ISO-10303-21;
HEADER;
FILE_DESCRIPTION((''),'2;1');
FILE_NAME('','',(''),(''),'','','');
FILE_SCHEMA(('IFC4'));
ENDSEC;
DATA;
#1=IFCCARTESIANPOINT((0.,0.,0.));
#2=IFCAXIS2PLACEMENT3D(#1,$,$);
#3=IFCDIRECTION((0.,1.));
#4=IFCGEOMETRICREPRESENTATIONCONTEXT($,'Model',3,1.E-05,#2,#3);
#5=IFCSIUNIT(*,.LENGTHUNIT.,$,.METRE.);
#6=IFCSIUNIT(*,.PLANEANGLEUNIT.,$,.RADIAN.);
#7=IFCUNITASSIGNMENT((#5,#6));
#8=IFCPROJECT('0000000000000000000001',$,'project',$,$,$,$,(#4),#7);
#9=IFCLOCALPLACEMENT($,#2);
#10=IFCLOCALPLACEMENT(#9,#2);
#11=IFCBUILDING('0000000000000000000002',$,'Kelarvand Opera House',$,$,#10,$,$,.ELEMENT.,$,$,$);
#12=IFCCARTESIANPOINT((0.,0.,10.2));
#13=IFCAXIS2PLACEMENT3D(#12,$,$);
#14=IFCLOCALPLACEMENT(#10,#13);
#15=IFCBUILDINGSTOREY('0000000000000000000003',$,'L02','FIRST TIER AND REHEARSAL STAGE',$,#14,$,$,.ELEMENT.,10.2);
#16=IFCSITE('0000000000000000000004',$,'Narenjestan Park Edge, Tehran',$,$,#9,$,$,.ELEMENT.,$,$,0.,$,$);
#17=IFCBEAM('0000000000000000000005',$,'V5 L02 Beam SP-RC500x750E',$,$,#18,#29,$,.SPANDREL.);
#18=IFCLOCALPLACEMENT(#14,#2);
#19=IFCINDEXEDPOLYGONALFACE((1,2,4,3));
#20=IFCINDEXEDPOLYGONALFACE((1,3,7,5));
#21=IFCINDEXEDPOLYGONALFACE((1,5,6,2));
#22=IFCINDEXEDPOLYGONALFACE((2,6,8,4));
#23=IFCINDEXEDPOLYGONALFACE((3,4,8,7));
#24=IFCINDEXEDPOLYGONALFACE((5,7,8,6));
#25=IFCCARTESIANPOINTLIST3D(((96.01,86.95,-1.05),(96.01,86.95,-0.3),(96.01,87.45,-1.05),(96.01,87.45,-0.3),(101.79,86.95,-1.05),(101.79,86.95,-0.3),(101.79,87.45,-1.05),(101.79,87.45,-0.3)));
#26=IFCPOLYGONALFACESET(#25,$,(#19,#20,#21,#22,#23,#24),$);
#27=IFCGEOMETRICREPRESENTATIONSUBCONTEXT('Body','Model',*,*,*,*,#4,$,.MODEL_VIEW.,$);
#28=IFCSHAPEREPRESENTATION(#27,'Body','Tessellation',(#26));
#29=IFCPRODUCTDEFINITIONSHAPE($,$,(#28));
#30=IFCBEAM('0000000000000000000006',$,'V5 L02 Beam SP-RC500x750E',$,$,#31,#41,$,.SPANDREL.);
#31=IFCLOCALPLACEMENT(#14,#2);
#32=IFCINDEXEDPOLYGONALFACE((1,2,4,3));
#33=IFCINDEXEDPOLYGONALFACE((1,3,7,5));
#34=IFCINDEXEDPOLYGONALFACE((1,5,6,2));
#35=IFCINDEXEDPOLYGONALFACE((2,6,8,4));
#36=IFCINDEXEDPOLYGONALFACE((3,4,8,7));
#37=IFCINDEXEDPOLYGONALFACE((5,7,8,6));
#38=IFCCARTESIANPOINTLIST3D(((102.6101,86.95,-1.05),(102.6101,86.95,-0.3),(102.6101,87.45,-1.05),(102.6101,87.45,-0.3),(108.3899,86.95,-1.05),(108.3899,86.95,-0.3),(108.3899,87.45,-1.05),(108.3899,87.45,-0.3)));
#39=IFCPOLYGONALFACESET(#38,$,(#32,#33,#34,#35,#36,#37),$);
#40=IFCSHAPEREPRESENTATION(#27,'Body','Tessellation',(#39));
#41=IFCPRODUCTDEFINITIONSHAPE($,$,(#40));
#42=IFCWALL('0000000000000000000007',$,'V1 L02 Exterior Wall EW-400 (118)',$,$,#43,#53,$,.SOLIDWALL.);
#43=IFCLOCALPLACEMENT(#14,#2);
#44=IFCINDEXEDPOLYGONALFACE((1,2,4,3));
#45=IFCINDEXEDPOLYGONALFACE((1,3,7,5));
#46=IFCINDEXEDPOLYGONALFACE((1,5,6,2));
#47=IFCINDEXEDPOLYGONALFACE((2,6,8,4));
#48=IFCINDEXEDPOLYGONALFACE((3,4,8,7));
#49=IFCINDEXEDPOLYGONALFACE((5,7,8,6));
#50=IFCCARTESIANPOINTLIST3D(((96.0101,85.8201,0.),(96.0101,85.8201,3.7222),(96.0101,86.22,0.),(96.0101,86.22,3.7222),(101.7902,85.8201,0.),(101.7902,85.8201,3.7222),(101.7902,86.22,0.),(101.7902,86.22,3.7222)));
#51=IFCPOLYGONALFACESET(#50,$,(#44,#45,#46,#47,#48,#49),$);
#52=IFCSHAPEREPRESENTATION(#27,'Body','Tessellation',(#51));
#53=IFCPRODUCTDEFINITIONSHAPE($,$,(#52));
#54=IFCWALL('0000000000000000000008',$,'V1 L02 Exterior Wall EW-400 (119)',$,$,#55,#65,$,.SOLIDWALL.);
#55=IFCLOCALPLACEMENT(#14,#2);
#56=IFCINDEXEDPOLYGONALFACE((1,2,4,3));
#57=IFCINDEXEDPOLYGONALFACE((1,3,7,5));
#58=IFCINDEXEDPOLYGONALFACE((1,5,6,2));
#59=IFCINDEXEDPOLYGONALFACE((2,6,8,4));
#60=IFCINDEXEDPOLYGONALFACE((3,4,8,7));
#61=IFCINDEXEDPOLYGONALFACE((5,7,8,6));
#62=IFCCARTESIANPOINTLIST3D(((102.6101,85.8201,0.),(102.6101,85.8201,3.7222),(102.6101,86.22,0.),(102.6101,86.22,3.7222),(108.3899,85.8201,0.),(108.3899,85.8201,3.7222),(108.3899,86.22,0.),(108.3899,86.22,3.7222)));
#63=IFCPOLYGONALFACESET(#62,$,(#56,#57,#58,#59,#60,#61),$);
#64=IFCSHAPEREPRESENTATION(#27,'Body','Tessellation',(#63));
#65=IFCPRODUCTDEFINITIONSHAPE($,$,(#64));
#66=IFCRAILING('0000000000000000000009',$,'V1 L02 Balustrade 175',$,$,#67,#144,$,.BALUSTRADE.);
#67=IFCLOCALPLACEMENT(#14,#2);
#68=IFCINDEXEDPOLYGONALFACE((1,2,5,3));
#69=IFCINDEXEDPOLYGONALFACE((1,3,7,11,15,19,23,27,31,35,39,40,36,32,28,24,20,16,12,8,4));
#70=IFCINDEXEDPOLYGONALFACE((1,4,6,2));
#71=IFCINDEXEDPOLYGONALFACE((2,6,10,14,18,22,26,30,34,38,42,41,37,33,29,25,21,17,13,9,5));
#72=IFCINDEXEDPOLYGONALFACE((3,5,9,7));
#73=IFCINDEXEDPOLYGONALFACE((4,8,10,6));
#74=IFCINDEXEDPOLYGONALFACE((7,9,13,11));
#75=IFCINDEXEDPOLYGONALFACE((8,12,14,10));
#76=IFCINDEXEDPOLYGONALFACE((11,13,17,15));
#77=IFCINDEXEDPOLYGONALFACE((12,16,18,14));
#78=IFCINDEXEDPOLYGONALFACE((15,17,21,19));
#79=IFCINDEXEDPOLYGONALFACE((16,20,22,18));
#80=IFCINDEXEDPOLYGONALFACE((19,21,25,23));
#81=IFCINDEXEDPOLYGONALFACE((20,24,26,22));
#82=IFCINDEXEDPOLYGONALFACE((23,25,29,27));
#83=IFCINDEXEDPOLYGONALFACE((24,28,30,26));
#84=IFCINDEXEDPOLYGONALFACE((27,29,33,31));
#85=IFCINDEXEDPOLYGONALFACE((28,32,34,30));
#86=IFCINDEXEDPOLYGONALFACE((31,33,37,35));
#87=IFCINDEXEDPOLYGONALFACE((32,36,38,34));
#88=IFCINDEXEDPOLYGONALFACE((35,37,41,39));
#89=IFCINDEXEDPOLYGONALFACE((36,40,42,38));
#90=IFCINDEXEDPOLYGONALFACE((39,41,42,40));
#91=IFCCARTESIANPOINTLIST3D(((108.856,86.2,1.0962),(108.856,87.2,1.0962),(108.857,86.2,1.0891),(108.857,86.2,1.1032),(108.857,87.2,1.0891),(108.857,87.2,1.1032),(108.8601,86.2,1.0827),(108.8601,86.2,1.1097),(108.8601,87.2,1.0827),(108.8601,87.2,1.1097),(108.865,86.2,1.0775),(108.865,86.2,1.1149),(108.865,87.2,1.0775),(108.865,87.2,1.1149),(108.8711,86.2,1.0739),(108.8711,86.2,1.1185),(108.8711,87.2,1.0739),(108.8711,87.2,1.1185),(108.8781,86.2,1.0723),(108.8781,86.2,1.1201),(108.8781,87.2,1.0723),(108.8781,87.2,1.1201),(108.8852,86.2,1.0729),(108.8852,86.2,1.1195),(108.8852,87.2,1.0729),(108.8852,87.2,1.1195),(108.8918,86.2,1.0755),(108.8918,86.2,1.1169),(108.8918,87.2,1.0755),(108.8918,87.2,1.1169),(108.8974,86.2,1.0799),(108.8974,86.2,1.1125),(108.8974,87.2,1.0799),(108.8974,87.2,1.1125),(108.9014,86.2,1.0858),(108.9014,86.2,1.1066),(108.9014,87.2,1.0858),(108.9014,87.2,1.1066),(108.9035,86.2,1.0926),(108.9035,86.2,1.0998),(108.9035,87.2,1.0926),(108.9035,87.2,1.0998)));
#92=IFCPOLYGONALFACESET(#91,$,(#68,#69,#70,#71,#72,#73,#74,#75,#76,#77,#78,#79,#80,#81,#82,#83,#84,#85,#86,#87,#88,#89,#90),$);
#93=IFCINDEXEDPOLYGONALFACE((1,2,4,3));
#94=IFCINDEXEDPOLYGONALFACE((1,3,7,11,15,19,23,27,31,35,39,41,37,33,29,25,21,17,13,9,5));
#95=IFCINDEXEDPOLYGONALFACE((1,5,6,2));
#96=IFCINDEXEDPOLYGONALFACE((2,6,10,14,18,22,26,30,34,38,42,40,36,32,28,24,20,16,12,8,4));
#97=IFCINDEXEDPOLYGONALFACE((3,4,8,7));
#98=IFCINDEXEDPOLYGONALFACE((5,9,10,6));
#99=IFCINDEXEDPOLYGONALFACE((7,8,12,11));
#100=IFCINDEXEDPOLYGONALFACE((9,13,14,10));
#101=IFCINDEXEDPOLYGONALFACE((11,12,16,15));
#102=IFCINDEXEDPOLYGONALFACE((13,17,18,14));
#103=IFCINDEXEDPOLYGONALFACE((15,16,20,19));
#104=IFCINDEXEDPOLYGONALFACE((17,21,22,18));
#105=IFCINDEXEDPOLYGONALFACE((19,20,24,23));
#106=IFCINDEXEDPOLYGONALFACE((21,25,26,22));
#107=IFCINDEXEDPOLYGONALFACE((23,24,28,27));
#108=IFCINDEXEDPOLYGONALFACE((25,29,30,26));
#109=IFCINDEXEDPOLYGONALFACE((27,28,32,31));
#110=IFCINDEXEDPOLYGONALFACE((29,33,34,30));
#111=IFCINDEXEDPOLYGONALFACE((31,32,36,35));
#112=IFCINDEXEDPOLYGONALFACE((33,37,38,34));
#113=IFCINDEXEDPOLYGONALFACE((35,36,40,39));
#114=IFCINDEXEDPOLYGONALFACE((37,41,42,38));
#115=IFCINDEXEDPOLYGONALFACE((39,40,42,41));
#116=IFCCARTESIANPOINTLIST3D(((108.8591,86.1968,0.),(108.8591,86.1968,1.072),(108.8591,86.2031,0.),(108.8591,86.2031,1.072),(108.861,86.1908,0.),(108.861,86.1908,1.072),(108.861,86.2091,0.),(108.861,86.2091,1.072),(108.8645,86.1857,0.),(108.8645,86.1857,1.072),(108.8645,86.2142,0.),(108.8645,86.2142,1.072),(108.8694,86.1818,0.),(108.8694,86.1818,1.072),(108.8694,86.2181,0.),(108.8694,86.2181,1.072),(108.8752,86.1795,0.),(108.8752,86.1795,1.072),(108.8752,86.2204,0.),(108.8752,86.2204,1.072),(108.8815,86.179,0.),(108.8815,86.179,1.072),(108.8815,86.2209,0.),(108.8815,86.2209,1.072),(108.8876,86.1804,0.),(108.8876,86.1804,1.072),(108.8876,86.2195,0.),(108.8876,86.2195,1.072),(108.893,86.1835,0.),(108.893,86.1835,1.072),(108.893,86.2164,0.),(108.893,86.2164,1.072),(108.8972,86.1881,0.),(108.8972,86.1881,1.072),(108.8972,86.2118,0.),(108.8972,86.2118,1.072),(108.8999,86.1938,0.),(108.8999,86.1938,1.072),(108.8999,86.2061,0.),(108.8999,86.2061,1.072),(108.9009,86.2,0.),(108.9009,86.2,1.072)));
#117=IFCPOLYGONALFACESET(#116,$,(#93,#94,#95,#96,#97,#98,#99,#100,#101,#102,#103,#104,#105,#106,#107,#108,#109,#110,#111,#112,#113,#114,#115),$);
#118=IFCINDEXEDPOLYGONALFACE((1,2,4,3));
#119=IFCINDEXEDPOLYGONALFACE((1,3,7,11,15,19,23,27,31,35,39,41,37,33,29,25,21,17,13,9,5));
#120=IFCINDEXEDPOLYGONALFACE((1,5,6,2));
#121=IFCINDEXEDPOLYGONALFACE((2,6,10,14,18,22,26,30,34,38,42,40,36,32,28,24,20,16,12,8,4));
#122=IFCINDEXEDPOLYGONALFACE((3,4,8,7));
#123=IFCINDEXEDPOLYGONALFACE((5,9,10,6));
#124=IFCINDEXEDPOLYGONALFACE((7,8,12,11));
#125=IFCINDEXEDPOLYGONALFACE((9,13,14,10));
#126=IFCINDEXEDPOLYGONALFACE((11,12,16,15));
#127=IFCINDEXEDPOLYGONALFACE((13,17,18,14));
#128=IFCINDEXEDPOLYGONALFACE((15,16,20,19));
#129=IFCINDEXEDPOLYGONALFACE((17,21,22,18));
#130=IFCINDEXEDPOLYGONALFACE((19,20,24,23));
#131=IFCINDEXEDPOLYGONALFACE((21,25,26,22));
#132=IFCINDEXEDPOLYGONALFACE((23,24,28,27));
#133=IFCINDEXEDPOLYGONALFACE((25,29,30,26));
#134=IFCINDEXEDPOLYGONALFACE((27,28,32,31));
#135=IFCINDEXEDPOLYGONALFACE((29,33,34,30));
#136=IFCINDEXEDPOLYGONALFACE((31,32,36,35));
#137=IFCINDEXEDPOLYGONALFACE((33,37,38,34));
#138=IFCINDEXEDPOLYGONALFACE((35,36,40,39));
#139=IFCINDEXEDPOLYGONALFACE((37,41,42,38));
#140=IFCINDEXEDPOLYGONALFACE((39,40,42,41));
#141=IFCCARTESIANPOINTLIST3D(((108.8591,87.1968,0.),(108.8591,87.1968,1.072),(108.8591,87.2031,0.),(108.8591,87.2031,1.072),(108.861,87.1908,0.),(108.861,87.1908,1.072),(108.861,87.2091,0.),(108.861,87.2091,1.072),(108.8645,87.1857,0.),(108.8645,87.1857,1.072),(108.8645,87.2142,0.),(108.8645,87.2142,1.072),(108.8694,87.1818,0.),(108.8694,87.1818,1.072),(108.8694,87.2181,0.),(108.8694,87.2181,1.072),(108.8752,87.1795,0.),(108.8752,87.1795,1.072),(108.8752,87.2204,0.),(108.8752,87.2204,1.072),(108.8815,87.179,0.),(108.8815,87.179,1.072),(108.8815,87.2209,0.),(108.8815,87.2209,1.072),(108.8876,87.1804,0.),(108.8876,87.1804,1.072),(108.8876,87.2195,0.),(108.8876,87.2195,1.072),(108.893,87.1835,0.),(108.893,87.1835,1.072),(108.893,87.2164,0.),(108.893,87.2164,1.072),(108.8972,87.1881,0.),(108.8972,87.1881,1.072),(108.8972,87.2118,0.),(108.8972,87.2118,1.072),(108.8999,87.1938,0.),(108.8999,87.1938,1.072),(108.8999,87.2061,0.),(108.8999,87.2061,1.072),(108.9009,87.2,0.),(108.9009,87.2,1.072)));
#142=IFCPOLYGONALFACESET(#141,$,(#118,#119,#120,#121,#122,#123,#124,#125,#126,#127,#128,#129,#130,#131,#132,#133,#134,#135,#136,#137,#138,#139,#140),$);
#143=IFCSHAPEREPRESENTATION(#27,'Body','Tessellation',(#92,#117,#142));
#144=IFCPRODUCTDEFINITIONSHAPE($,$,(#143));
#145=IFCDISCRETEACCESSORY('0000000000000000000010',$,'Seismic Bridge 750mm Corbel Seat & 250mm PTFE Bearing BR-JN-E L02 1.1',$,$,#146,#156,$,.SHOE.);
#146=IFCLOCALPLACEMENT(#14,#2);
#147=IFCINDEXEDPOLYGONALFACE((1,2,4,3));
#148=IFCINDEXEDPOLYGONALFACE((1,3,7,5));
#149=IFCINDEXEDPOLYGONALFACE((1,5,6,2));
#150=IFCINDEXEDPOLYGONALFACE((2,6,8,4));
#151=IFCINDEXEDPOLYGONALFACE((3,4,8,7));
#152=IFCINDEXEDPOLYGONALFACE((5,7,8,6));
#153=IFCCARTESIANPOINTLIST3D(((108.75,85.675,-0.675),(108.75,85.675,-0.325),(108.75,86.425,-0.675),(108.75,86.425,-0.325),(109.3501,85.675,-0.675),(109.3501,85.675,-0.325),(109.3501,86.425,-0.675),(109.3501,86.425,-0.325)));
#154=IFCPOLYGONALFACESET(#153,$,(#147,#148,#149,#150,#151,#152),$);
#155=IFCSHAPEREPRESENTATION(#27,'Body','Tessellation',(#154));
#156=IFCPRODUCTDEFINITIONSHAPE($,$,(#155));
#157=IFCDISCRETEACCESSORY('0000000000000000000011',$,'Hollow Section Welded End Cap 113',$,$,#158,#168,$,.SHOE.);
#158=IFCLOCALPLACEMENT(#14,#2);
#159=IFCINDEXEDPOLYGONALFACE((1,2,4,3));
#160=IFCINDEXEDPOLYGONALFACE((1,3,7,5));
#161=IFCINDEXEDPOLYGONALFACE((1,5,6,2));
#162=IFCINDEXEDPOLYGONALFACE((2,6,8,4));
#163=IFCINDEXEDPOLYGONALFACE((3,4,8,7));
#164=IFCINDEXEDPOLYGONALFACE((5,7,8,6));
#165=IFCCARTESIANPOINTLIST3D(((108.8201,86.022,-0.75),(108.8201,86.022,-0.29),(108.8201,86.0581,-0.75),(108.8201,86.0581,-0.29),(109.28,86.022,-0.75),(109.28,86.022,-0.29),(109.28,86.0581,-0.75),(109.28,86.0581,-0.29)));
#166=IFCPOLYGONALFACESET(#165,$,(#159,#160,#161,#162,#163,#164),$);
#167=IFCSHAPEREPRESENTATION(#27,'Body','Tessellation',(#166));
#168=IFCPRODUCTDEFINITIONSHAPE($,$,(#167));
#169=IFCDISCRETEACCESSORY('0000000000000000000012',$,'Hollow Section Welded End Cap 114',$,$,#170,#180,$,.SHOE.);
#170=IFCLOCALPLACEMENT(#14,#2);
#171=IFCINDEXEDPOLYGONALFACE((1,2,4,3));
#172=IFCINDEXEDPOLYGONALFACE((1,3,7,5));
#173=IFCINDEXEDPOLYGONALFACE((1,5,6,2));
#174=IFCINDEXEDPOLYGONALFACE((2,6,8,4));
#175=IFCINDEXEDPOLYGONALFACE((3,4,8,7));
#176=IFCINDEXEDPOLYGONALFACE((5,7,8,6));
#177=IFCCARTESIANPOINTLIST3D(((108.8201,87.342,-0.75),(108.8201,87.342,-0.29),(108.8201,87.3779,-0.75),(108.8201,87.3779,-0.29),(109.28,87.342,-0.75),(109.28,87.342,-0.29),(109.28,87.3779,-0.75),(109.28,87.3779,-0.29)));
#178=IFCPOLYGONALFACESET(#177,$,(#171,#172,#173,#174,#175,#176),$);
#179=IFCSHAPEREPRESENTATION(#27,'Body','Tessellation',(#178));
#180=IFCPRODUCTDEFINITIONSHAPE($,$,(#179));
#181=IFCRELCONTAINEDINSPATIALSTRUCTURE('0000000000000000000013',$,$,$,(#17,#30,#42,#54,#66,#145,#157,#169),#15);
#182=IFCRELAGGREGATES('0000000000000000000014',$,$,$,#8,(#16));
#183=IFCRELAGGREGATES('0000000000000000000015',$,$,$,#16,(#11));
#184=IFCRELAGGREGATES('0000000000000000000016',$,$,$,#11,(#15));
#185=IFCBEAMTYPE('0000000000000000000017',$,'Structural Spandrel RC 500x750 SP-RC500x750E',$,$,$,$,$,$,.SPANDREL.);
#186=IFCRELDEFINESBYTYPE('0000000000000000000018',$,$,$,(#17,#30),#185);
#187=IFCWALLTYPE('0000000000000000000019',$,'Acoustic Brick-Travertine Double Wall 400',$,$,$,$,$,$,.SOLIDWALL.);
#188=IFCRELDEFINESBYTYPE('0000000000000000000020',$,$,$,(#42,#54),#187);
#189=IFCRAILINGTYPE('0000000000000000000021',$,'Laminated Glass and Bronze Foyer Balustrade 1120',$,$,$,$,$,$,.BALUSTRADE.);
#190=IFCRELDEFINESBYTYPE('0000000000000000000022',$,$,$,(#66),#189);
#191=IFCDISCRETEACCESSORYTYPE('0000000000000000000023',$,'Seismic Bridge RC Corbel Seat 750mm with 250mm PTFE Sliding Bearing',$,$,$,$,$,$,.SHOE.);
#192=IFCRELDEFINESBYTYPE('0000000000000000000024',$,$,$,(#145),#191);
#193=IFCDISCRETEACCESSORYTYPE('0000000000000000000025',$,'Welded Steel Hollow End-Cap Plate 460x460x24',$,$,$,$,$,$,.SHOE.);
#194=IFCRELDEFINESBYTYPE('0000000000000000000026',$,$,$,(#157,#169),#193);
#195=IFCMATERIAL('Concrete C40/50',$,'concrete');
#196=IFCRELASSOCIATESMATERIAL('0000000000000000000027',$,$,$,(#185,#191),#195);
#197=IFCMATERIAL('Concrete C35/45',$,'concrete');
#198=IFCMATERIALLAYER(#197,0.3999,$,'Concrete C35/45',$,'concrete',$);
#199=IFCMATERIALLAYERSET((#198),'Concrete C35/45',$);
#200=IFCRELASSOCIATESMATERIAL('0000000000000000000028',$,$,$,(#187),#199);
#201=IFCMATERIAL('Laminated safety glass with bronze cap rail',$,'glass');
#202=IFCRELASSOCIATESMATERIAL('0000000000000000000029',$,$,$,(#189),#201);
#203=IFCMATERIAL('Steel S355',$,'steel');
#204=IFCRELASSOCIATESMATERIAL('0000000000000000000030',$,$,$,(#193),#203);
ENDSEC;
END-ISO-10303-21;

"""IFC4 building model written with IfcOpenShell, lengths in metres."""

from ifc_helpers import new_model, si_unit, direction, frame, frame_2d, origin, origin_2d, place, context, subcontext, project, spatial, rectangle, circle, extrude, material, layer, layer_set, material_profile, profile_set, type_object, element, save


model = new_model("IFC4")

# Units and contexts
model_context = context("Model", 3, precision=1e-05, world=origin(), true_north=direction((0.0, 1.0)))
body_context = subcontext(model_context, "Body", "Model", "MODEL_VIEW")
ifc_project = project(units=[si_unit("LENGTHUNIT", "METRE"), si_unit("PLANEANGLEUNIT", "RADIAN")], contexts=[model_context])

# Site, building, storey
site_placement = place(None, origin())
site = spatial("IfcSite", under=ifc_project, at=site_placement, Name="Narenjestan Park Edge, Tehran", CompositionType="ELEMENT", RefElevation=0.0)
building_placement = place(site_placement, origin())
building = spatial("IfcBuilding", under=site, at=building_placement, Name="Kelarvand Opera House", CompositionType="ELEMENT")
storey_placement = place(building_placement, frame((0.0, 0.0, 10.2)))
storey = spatial("IfcBuildingStorey", under=building, at=storey_placement, Name="L02", Description="FIRST TIER AND REHEARSAL STAGE", CompositionType="ELEMENT", Elevation=10.2)

# Shared definitions
ifc_material_1 = material(Name="Concrete C40/50", Category="concrete")

# Beams
ifc_material_2 = material(Name="Concrete C35/45", Category="concrete")
ifc_material_3 = material(Name="Steel S355", Category="steel")
ifc_material_profile_1 = material_profile(ifc_material_1, rectangle(XDim=0.5, YDim=0.75, at=origin_2d()), Name="RC 500x750", Category="concrete")
ifc_profile_set_1 = profile_set([ifc_material_profile_1], Name="Concrete C40/50")
beam_type_1 = type_object("IfcBeamType", Name="Structural Spandrel RC 500x750 SP-RC500x750E", PredefinedType="SPANDREL", material=ifc_profile_set_1)
beam_1_placement = place(storey_placement, frame((96.01, 87.2, -0.675), z_axis=(1.0, 0.0, 0.0), x_axis=(0.0, 1.0, 0.0)))
element("IfcBeam", 1, at=beam_1_placement, inside=storey, type_object=beam_type_1, Name="V5 L02 Beam SP-RC500x750E", PredefinedType="SPANDREL", context=body_context, shape_type="SweptSolid", body=[
    extrude(rectangle(XDim=0.5, YDim=0.75, at=origin_2d()), origin(), (0.0, 0.0, 1.0), 5.78),
])
beam_2_placement = place(storey_placement, frame((102.6101, 87.2, -0.675), z_axis=(1.0, 0.0, 0.0), x_axis=(0.0, 1.0, 0.0)))
element("IfcBeam", 2, at=beam_2_placement, inside=storey, type_object=beam_type_1, Name="V5 L02 Beam SP-RC500x750E", PredefinedType="SPANDREL", context=body_context, shape_type="SweptSolid", body=[
    extrude(rectangle(XDim=0.5, YDim=0.75, at=origin_2d()), origin(), (0.0, 0.0, 1.0), 5.7798),
])

# Walls
ifc_layer = layer(ifc_material_2, 0.3999, Name="Concrete C35/45", Category="concrete")
ifc_layer_set = layer_set([ifc_layer], Name="Concrete C35/45")
wall_type = type_object("IfcWallType", Name="Acoustic Brick-Travertine Double Wall 400", PredefinedType="SOLIDWALL", material=ifc_layer_set)
wall_1_placement = place(storey_placement, frame((96.01, 86.02, 0.0), z_axis=(0.0, 0.0, 1.0), x_axis=(1.0, 0.0, 0.0)))
element("IfcWall", 3, at=wall_1_placement, inside=storey, type_object=wall_type, Name="V1 L02 Exterior Wall EW-400 (118)", PredefinedType="SOLIDWALL", context=body_context, shape_type="SweptSolid", body=[
    extrude(rectangle(XDim=5.78, YDim=0.3999, at=frame_2d((2.8901, 0.0))), origin(), (0.0, 0.0, 1.0), 3.7222),
])
wall_2_placement = place(storey_placement, frame((102.6101, 86.02, 0.0), z_axis=(0.0, 0.0, 1.0), x_axis=(1.0, 0.0, 0.0)))
element("IfcWall", 4, at=wall_2_placement, inside=storey, type_object=wall_type, Name="V1 L02 Exterior Wall EW-400 (119)", PredefinedType="SOLIDWALL", context=body_context, shape_type="SweptSolid", body=[
    extrude(rectangle(XDim=5.7798, YDim=0.3999, at=frame_2d((2.8899, 0.0))), origin(), (0.0, 0.0, 1.0), 3.7222),
])

# Railing
ifc_material_4 = material(Name="Laminated safety glass with bronze cap rail", Category="glass")
railing_type = type_object("IfcRailingType", Name="Laminated Glass and Bronze Foyer Balustrade 1120", PredefinedType="BALUSTRADE", material=ifc_material_4)
railing_placement = place(storey_placement, frame((108.8799, 86.2, 0.0)))
element("IfcRailing", 5, at=railing_placement, inside=storey, type_object=railing_type, Name="V1 L02 Balustrade 175", PredefinedType="BALUSTRADE", context=body_context, shape_type="SweptSolid", body=[
    extrude(circle(Radius=0.0239, at=origin_2d()), frame((0.0, 0.0, 1.0962), z_axis=(0.0, 1.0, 0.0), x_axis=(-1.0, 0.0, 0.0)), (0.0, 0.0, 1.0), 1.0),
    extrude(circle(Radius=0.021, at=origin_2d()), origin(), (0.0, 0.0, 1.0), 1.072),
    extrude(circle(Radius=0.021, at=origin_2d()), frame((0.0, 1.0, 0.0)), (0.0, 0.0, 1.0), 1.072),
])

# Discrete accessories
discrete_accessory_type_1 = type_object("IfcDiscreteAccessoryType", Name="Seismic Bridge RC Corbel Seat 750mm with 250mm PTFE Sliding Bearing", PredefinedType="SHOE", material=ifc_material_1)
discrete_accessory_1_placement = place(storey_placement, frame((109.05, 86.05, -0.675), z_axis=(0.0, 0.0, 1.0), x_axis=(0.0, 1.0, 0.0)))
element("IfcDiscreteAccessory", 6, at=discrete_accessory_1_placement, inside=storey, type_object=discrete_accessory_type_1, Name="Seismic Bridge 750mm Corbel Seat & 250mm PTFE Bearing BR-JN-E L02 1.1", PredefinedType="SHOE", context=body_context, shape_type="SweptSolid", body=[
    extrude(rectangle(XDim=0.75, YDim=0.6001, at=origin_2d()), origin(), (0.0, 0.0, 1.0), 0.3501),
])
ifc_material_profile_2 = material_profile(ifc_material_3, rectangle(XDim=0.46, YDim=0.46, at=origin_2d()), Name="Welded Steel Hollow End-Cap Plate 460x460x24", Category="steel")
ifc_profile_set_2 = profile_set([ifc_material_profile_2], Name="Steel S355")
discrete_accessory_type_2 = type_object("IfcDiscreteAccessoryType", Name="Welded Steel Hollow End-Cap Plate 460x460x24", PredefinedType="SHOE", material=ifc_profile_set_2)
discrete_accessory_2_placement = place(storey_placement, frame((109.05, 86.0581, -0.52), z_axis=(0.0, -1.0, 0.0), x_axis=(1.0, 0.0, 0.0)))
element("IfcDiscreteAccessory", 7, at=discrete_accessory_2_placement, inside=storey, type_object=discrete_accessory_type_2, Name="Hollow Section Welded End Cap 113", PredefinedType="SHOE", context=body_context, shape_type="SweptSolid", body=[
    extrude(rectangle(XDim=0.46, YDim=0.46, at=origin_2d()), origin(), (0.0, 0.0, 1.0), 0.0361),
])
discrete_accessory_3_placement = place(storey_placement, frame((109.05, 87.342, -0.52), z_axis=(0.0, 1.0, 0.0), x_axis=(-1.0, 0.0, 0.0)))
element("IfcDiscreteAccessory", 8, at=discrete_accessory_3_placement, inside=storey, type_object=discrete_accessory_type_2, Name="Hollow Section Welded End Cap 114", PredefinedType="SHOE", context=body_context, shape_type="SweptSolid", body=[
    extrude(rectangle(XDim=0.46, YDim=0.46, at=origin_2d()), origin(), (0.0, 0.0, 1.0), 0.0359),
])

save(model, "model.ifc")
